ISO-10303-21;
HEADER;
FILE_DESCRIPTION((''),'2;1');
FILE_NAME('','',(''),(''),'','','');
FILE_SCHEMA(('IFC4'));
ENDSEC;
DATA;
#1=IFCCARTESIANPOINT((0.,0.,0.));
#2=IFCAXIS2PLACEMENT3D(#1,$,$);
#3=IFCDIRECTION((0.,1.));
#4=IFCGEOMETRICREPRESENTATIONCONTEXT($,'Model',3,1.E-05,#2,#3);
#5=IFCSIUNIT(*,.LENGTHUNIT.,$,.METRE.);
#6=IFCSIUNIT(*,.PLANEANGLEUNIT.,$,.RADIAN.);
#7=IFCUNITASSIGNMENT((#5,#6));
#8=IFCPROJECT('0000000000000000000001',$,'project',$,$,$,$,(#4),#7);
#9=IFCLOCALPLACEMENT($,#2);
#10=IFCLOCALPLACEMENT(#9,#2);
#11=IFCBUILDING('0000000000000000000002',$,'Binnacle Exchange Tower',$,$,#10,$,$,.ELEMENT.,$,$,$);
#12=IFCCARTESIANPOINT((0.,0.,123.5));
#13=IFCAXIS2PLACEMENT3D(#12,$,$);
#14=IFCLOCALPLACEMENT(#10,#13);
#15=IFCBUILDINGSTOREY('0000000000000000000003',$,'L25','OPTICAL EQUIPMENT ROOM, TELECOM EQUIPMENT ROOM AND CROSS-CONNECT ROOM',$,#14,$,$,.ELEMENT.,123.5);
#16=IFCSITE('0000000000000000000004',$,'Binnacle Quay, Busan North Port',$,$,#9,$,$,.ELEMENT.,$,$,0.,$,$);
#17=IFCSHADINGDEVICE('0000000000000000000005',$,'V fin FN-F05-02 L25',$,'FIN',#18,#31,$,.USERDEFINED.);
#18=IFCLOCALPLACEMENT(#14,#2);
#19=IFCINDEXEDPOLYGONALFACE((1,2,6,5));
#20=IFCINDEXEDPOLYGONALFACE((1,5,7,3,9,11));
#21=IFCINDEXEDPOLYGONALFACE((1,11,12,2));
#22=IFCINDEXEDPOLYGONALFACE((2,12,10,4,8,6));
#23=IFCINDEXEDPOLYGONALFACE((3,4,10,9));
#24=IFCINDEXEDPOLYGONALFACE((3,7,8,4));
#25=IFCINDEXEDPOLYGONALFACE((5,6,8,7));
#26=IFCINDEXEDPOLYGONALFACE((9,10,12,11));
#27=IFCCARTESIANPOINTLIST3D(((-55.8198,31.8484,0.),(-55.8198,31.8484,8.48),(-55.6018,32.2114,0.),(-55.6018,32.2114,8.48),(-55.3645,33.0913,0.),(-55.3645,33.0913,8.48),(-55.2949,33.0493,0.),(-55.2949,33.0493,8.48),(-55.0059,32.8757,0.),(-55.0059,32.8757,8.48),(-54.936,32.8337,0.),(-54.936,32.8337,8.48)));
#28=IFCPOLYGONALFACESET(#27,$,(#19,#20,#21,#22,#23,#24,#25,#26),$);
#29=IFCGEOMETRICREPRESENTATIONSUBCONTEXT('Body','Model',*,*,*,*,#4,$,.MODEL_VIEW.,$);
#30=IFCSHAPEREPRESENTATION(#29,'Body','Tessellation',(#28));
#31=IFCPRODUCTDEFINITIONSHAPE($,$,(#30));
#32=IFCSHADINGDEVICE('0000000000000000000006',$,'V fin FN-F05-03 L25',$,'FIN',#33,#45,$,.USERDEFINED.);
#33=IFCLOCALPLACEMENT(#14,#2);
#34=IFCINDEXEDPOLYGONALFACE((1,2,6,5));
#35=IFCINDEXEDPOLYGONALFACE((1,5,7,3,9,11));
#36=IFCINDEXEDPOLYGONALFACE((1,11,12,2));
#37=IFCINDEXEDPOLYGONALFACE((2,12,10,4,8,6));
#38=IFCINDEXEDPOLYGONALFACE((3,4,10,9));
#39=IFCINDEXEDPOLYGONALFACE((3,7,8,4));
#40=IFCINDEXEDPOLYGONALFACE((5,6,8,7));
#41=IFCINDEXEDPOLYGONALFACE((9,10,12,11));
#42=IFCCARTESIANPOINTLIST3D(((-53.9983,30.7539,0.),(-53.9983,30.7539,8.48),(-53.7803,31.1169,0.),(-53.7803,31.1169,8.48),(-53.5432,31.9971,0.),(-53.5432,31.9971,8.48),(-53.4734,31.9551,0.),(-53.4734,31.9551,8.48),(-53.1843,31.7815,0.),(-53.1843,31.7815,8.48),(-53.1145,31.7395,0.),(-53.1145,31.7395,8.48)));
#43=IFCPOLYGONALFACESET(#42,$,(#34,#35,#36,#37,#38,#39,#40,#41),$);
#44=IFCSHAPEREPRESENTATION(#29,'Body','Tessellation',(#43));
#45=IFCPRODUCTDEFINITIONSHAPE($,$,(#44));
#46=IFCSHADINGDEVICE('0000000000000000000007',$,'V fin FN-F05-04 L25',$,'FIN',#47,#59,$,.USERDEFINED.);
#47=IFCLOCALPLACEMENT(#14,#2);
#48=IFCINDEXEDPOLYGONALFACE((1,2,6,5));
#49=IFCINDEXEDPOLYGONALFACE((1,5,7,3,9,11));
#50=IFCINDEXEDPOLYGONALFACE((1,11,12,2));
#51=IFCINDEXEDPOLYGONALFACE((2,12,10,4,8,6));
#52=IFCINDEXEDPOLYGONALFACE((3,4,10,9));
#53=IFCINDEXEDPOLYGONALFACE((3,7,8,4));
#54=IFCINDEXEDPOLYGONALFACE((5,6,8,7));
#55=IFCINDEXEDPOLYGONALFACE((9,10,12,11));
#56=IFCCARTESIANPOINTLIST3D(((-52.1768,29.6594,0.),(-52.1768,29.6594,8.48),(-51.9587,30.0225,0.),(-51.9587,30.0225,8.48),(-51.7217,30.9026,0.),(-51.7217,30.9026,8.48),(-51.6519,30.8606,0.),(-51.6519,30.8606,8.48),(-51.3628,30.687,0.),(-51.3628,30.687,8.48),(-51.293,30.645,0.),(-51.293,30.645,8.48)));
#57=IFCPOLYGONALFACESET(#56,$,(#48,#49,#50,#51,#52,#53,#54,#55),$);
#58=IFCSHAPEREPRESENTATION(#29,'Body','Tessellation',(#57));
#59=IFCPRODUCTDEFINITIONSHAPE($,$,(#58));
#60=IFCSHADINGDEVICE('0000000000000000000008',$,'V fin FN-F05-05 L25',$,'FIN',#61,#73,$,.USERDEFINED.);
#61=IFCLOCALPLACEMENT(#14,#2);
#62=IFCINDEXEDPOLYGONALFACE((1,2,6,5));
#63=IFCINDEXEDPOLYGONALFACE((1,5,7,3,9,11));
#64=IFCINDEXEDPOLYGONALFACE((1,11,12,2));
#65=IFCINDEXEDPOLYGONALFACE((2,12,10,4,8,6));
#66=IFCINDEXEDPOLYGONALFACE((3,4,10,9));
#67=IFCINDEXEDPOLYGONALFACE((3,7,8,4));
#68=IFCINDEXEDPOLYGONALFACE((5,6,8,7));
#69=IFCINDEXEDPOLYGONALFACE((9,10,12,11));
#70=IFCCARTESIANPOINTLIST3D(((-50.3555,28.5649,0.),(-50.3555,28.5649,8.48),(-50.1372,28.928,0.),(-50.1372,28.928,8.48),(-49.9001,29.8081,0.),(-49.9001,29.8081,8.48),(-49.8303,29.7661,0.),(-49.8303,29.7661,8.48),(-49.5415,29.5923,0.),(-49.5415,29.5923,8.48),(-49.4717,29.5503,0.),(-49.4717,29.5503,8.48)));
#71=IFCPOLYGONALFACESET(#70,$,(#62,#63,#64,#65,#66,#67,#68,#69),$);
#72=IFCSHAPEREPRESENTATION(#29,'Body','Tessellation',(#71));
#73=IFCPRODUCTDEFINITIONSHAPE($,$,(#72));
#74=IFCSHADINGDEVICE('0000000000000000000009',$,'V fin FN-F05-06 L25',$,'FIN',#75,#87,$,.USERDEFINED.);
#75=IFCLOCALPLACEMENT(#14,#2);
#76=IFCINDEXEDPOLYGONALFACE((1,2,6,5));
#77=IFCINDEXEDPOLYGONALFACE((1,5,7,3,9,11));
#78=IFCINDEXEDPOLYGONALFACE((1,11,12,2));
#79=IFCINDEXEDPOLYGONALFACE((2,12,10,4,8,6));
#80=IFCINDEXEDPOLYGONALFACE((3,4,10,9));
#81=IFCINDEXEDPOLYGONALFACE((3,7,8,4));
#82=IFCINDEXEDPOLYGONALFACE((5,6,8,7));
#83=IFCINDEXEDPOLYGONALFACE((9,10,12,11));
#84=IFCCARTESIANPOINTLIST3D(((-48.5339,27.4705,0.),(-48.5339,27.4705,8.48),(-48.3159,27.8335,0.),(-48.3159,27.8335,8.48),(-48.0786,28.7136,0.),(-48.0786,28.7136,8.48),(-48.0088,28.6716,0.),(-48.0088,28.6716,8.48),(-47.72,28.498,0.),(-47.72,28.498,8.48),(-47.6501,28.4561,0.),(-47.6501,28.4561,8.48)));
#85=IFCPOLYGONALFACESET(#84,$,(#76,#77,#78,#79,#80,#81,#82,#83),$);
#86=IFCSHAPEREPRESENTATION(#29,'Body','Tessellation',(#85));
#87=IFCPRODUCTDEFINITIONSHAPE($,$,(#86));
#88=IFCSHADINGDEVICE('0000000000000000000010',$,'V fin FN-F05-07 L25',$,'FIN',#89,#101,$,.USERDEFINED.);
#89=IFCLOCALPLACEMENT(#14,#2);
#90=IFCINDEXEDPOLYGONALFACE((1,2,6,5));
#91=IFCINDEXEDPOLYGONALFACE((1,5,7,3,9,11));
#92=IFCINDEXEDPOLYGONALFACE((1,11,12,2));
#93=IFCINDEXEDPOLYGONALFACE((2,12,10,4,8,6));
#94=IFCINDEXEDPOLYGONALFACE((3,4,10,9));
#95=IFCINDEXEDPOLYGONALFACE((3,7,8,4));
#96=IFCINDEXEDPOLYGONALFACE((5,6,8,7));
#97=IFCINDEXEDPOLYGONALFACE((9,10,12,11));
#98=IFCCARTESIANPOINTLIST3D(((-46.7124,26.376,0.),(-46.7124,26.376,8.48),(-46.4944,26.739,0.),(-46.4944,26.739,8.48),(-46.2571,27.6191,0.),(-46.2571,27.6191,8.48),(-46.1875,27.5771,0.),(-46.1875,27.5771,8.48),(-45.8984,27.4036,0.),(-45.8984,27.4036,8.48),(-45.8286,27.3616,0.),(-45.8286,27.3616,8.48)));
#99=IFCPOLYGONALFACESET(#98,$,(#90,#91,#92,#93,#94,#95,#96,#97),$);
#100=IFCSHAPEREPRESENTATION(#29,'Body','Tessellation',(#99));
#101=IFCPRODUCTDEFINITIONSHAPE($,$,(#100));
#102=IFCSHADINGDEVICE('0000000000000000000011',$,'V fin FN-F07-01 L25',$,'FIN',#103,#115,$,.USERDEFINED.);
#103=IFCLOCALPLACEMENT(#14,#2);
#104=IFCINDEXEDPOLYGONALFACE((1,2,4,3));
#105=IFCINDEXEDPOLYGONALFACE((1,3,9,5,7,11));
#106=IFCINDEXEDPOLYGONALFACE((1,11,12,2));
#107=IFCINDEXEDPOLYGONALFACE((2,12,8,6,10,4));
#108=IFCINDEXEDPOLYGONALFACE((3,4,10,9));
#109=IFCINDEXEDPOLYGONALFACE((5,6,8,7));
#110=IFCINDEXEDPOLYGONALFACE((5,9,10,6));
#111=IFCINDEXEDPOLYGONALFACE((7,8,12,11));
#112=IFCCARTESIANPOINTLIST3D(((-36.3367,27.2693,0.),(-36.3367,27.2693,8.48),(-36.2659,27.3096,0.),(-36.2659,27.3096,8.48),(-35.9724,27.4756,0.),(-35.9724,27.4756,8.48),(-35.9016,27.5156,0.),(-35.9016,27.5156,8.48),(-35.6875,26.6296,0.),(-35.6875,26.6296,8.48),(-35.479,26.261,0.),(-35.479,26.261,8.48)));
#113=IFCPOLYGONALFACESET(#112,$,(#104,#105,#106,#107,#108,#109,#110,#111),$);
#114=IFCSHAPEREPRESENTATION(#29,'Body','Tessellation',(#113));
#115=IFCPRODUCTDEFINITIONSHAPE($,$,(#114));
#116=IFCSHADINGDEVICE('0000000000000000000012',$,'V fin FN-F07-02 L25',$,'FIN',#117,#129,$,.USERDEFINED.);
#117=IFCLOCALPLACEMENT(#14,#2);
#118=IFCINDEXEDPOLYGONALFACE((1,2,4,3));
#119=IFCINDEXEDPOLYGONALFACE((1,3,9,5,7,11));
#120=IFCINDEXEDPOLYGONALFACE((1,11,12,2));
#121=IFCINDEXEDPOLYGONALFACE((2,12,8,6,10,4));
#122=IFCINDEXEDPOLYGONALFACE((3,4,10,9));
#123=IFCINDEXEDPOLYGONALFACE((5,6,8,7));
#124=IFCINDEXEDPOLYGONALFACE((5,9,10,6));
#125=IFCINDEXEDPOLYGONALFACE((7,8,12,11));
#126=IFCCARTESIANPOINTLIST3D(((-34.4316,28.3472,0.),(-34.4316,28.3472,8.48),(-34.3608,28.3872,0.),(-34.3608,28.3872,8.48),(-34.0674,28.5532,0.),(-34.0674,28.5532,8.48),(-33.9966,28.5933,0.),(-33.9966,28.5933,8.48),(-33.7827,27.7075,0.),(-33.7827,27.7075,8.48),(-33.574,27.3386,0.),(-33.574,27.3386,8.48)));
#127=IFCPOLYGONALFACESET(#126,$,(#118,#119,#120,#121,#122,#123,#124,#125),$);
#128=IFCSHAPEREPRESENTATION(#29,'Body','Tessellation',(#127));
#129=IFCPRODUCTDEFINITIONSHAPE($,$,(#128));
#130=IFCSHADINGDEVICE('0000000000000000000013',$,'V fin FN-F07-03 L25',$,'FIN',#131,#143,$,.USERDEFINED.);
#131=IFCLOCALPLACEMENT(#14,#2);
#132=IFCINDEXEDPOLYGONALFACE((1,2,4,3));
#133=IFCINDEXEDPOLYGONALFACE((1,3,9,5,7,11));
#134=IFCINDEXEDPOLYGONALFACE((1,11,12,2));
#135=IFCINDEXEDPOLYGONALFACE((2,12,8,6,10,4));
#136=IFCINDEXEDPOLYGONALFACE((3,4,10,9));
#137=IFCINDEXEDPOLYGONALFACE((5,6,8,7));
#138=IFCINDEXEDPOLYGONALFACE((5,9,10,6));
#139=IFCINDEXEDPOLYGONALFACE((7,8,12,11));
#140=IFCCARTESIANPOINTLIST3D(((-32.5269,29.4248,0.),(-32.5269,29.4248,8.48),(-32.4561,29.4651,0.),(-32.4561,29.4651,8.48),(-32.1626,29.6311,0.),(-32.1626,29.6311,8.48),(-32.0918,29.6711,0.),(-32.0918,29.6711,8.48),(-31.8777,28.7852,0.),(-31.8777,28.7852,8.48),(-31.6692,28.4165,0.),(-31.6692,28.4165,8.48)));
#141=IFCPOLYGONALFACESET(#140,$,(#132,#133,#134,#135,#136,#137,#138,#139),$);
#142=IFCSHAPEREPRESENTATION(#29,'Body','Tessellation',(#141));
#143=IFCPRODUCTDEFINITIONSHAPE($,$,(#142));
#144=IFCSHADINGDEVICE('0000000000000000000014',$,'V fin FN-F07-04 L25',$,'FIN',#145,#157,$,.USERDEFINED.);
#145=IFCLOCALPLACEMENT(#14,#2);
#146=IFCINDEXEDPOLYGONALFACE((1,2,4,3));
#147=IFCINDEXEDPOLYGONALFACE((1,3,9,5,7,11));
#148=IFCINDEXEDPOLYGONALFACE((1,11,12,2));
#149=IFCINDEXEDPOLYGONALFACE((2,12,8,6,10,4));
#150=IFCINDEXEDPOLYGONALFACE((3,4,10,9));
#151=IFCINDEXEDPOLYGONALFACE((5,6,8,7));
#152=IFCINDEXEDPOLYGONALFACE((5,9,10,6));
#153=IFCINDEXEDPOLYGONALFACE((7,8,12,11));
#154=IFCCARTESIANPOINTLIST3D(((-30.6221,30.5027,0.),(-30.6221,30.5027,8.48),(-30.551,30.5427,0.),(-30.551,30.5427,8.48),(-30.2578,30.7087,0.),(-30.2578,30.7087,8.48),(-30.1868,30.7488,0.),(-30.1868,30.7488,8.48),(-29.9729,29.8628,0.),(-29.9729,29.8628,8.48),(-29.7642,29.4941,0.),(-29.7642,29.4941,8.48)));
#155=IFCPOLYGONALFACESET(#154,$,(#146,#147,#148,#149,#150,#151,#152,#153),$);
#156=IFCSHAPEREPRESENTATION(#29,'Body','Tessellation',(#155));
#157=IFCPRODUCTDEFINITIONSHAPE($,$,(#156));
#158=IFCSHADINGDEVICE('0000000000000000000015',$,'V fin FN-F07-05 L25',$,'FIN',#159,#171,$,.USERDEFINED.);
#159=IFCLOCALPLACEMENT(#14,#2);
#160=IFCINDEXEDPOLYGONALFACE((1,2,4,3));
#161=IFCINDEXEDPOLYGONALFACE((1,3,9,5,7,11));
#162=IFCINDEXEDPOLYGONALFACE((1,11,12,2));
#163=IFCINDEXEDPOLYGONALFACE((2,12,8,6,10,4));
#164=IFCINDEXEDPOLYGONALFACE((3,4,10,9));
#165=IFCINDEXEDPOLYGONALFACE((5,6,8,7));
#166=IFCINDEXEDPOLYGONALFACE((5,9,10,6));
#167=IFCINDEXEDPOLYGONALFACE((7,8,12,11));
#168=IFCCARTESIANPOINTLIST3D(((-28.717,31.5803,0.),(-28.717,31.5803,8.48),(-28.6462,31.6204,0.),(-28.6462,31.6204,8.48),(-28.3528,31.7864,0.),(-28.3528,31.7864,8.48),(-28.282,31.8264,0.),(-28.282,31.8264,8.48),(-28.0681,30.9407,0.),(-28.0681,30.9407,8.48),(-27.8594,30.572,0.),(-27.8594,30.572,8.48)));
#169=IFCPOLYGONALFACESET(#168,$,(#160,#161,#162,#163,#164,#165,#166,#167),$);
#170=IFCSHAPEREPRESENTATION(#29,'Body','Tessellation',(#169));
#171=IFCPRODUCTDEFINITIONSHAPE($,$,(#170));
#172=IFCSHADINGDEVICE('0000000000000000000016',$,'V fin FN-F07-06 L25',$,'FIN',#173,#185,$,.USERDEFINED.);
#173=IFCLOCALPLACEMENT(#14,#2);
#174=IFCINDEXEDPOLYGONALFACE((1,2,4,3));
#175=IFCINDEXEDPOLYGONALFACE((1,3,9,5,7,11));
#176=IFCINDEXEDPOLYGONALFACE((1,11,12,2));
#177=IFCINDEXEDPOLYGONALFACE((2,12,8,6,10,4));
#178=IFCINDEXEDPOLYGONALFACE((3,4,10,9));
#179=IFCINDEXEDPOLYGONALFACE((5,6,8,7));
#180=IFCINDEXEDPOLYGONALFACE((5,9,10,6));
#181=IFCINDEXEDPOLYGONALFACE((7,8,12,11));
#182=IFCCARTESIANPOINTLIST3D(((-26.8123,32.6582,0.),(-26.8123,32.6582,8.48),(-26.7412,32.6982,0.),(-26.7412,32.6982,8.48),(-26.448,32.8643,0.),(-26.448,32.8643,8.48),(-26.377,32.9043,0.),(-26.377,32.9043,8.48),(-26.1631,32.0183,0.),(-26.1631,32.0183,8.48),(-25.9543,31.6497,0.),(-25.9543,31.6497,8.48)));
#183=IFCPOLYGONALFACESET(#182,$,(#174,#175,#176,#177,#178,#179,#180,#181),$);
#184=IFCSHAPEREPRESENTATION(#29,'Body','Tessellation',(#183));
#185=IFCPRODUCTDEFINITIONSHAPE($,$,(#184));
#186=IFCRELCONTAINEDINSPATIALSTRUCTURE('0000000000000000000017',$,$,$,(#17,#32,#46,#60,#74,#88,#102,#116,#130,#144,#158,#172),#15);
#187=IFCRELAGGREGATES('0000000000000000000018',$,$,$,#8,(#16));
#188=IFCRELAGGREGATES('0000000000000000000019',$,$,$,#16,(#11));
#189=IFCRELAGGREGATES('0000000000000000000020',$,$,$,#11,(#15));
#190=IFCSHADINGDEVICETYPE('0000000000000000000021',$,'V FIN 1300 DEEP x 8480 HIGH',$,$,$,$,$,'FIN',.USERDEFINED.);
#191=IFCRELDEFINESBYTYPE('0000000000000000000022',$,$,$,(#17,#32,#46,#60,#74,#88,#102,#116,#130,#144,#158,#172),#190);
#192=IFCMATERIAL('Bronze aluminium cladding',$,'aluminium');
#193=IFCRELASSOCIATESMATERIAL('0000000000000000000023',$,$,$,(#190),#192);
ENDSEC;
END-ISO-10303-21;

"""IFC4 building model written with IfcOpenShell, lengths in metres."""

from ifc_helpers import new_model, si_unit, direction, frame, origin, place, context, subcontext, project, spatial, polyline, outline, extrude, material, type_object, element, save


model = new_model("IFC4")

# Units and contexts
model_context = context("Model", 3, precision=1e-05, world=origin(), true_north=direction((0.0, 1.0)))
body_context = subcontext(model_context, "Body", "Model", "MODEL_VIEW")
ifc_project = project(units=[si_unit("LENGTHUNIT", "METRE"), si_unit("PLANEANGLEUNIT", "RADIAN")], contexts=[model_context])

# Site, building, storey
site_placement = place(None, origin())
site = spatial("IfcSite", under=ifc_project, at=site_placement, Name="Binnacle Quay, Busan North Port", CompositionType="ELEMENT", RefElevation=0.0)
building_placement = place(site_placement, origin())
building = spatial("IfcBuilding", under=site, at=building_placement, Name="Binnacle Exchange Tower", CompositionType="ELEMENT")
storey_placement = place(building_placement, frame((0.0, 0.0, 123.5)))
storey = spatial("IfcBuildingStorey", under=building, at=storey_placement, Name="L25", Description="OPTICAL EQUIPMENT ROOM, TELECOM EQUIPMENT ROOM AND CROSS-CONNECT ROOM", CompositionType="ELEMENT", Elevation=123.5)

# Shading devices
ifc_material = material(Name="Bronze aluminium cladding", Category="aluminium")
shading_device_type = type_object("IfcShadingDeviceType", Name="V FIN 1300 DEEP x 8480 HIGH", ElementType="FIN", PredefinedType="USERDEFINED", material=ifc_material)
shading_device_1_placement = place(storey_placement, origin())
element("IfcShadingDevice", 1, at=shading_device_1_placement, inside=storey, type_object=shading_device_type, Name="V fin FN-F05-02 L25", ObjectType="FIN", PredefinedType="USERDEFINED", context=body_context, shape_type="SweptSolid", body=[
    extrude(outline(polyline([(-55.3645, 33.0913), (-55.8198, 31.8484), (-54.936, 32.8337), (-55.0059, 32.8757), (-55.6018, 32.2114), (-55.2949, 33.0493), (-55.3645, 33.0913)])), origin(), (0.0, 0.0, 1.0), 8.48),
])
shading_device_2_placement = place(storey_placement, origin())
element("IfcShadingDevice", 2, at=shading_device_2_placement, inside=storey, type_object=shading_device_type, Name="V fin FN-F05-03 L25", ObjectType="FIN", PredefinedType="USERDEFINED", context=body_context, shape_type="SweptSolid", body=[
    extrude(outline(polyline([(-53.5432, 31.9971), (-53.9983, 30.7539), (-53.1145, 31.7395), (-53.1843, 31.7815), (-53.7803, 31.1169), (-53.4734, 31.9551), (-53.5432, 31.9971)])), origin(), (0.0, 0.0, 1.0), 8.48),
])
shading_device_3_placement = place(storey_placement, origin())
element("IfcShadingDevice", 3, at=shading_device_3_placement, inside=storey, type_object=shading_device_type, Name="V fin FN-F05-04 L25", ObjectType="FIN", PredefinedType="USERDEFINED", context=body_context, shape_type="SweptSolid", body=[
    extrude(outline(polyline([(-51.7217, 30.9026), (-52.1768, 29.6594), (-51.293, 30.645), (-51.3628, 30.687), (-51.9587, 30.0225), (-51.6519, 30.8606), (-51.7217, 30.9026)])), origin(), (0.0, 0.0, 1.0), 8.48),
])
shading_device_4_placement = place(storey_placement, origin())
element("IfcShadingDevice", 4, at=shading_device_4_placement, inside=storey, type_object=shading_device_type, Name="V fin FN-F05-05 L25", ObjectType="FIN", PredefinedType="USERDEFINED", context=body_context, shape_type="SweptSolid", body=[
    extrude(outline(polyline([(-49.9001, 29.8081), (-50.3555, 28.5649), (-49.4717, 29.5503), (-49.5415, 29.5923), (-50.1372, 28.928), (-49.8303, 29.7661), (-49.9001, 29.8081)])), origin(), (0.0, 0.0, 1.0), 8.48),
])
shading_device_5_placement = place(storey_placement, origin())
element("IfcShadingDevice", 5, at=shading_device_5_placement, inside=storey, type_object=shading_device_type, Name="V fin FN-F05-06 L25", ObjectType="FIN", PredefinedType="USERDEFINED", context=body_context, shape_type="SweptSolid", body=[
    extrude(outline(polyline([(-48.0786, 28.7136), (-48.5339, 27.4705), (-47.6501, 28.4561), (-47.72, 28.498), (-48.3159, 27.8335), (-48.0088, 28.6716), (-48.0786, 28.7136)])), origin(), (0.0, 0.0, 1.0), 8.48),
])
shading_device_6_placement = place(storey_placement, origin())
element("IfcShadingDevice", 6, at=shading_device_6_placement, inside=storey, type_object=shading_device_type, Name="V fin FN-F05-07 L25", ObjectType="FIN", PredefinedType="USERDEFINED", context=body_context, shape_type="SweptSolid", body=[
    extrude(outline(polyline([(-46.2571, 27.6191), (-46.7124, 26.376), (-45.8286, 27.3616), (-45.8984, 27.4036), (-46.4944, 26.739), (-46.1875, 27.5771), (-46.2571, 27.6191)])), origin(), (0.0, 0.0, 1.0), 8.48),
])
shading_device_7_placement = place(storey_placement, origin())
element("IfcShadingDevice", 7, at=shading_device_7_placement, inside=storey, type_object=shading_device_type, Name="V fin FN-F07-01 L25", ObjectType="FIN", PredefinedType="USERDEFINED", context=body_context, shape_type="SweptSolid", body=[
    extrude(outline(polyline([(-36.3367, 27.2693), (-35.479, 26.261), (-35.9016, 27.5156), (-35.9724, 27.4756), (-35.6875, 26.6296), (-36.2659, 27.3096), (-36.3367, 27.2693)])), origin(), (0.0, 0.0, 1.0), 8.48),
])
shading_device_8_placement = place(storey_placement, origin())
element("IfcShadingDevice", 8, at=shading_device_8_placement, inside=storey, type_object=shading_device_type, Name="V fin FN-F07-02 L25", ObjectType="FIN", PredefinedType="USERDEFINED", context=body_context, shape_type="SweptSolid", body=[
    extrude(outline(polyline([(-34.4316, 28.3472), (-33.574, 27.3386), (-33.9966, 28.5933), (-34.0674, 28.5532), (-33.7827, 27.7075), (-34.3608, 28.3872), (-34.4316, 28.3472)])), origin(), (0.0, 0.0, 1.0), 8.48),
])
shading_device_9_placement = place(storey_placement, origin())
element("IfcShadingDevice", 9, at=shading_device_9_placement, inside=storey, type_object=shading_device_type, Name="V fin FN-F07-03 L25", ObjectType="FIN", PredefinedType="USERDEFINED", context=body_context, shape_type="SweptSolid", body=[
    extrude(outline(polyline([(-32.5269, 29.4248), (-31.6692, 28.4165), (-32.0918, 29.6711), (-32.1626, 29.6311), (-31.8777, 28.7852), (-32.4561, 29.4651), (-32.5269, 29.4248)])), origin(), (0.0, 0.0, 1.0), 8.48),
])
shading_device_10_placement = place(storey_placement, origin())
element("IfcShadingDevice", 10, at=shading_device_10_placement, inside=storey, type_object=shading_device_type, Name="V fin FN-F07-04 L25", ObjectType="FIN", PredefinedType="USERDEFINED", context=body_context, shape_type="SweptSolid", body=[
    extrude(outline(polyline([(-30.6221, 30.5027), (-29.7642, 29.4941), (-30.1868, 30.7488), (-30.2578, 30.7087), (-29.9729, 29.8628), (-30.551, 30.5427), (-30.6221, 30.5027)])), origin(), (0.0, 0.0, 1.0), 8.48),
])
shading_device_11_placement = place(storey_placement, origin())
element("IfcShadingDevice", 11, at=shading_device_11_placement, inside=storey, type_object=shading_device_type, Name="V fin FN-F07-05 L25", ObjectType="FIN", PredefinedType="USERDEFINED", context=body_context, shape_type="SweptSolid", body=[
    extrude(outline(polyline([(-28.717, 31.5803), (-27.8594, 30.572), (-28.282, 31.8264), (-28.3528, 31.7864), (-28.0681, 30.9407), (-28.6462, 31.6204), (-28.717, 31.5803)])), origin(), (0.0, 0.0, 1.0), 8.48),
])
shading_device_12_placement = place(storey_placement, origin())
element("IfcShadingDevice", 12, at=shading_device_12_placement, inside=storey, type_object=shading_device_type, Name="V fin FN-F07-06 L25", ObjectType="FIN", PredefinedType="USERDEFINED", context=body_context, shape_type="SweptSolid", body=[
    extrude(outline(polyline([(-26.8123, 32.6582), (-25.9543, 31.6497), (-26.377, 32.9043), (-26.448, 32.8643), (-26.1631, 32.0183), (-26.7412, 32.6982), (-26.8123, 32.6582)])), origin(), (0.0, 0.0, 1.0), 8.48),
])

save(model, "model.ifc")
